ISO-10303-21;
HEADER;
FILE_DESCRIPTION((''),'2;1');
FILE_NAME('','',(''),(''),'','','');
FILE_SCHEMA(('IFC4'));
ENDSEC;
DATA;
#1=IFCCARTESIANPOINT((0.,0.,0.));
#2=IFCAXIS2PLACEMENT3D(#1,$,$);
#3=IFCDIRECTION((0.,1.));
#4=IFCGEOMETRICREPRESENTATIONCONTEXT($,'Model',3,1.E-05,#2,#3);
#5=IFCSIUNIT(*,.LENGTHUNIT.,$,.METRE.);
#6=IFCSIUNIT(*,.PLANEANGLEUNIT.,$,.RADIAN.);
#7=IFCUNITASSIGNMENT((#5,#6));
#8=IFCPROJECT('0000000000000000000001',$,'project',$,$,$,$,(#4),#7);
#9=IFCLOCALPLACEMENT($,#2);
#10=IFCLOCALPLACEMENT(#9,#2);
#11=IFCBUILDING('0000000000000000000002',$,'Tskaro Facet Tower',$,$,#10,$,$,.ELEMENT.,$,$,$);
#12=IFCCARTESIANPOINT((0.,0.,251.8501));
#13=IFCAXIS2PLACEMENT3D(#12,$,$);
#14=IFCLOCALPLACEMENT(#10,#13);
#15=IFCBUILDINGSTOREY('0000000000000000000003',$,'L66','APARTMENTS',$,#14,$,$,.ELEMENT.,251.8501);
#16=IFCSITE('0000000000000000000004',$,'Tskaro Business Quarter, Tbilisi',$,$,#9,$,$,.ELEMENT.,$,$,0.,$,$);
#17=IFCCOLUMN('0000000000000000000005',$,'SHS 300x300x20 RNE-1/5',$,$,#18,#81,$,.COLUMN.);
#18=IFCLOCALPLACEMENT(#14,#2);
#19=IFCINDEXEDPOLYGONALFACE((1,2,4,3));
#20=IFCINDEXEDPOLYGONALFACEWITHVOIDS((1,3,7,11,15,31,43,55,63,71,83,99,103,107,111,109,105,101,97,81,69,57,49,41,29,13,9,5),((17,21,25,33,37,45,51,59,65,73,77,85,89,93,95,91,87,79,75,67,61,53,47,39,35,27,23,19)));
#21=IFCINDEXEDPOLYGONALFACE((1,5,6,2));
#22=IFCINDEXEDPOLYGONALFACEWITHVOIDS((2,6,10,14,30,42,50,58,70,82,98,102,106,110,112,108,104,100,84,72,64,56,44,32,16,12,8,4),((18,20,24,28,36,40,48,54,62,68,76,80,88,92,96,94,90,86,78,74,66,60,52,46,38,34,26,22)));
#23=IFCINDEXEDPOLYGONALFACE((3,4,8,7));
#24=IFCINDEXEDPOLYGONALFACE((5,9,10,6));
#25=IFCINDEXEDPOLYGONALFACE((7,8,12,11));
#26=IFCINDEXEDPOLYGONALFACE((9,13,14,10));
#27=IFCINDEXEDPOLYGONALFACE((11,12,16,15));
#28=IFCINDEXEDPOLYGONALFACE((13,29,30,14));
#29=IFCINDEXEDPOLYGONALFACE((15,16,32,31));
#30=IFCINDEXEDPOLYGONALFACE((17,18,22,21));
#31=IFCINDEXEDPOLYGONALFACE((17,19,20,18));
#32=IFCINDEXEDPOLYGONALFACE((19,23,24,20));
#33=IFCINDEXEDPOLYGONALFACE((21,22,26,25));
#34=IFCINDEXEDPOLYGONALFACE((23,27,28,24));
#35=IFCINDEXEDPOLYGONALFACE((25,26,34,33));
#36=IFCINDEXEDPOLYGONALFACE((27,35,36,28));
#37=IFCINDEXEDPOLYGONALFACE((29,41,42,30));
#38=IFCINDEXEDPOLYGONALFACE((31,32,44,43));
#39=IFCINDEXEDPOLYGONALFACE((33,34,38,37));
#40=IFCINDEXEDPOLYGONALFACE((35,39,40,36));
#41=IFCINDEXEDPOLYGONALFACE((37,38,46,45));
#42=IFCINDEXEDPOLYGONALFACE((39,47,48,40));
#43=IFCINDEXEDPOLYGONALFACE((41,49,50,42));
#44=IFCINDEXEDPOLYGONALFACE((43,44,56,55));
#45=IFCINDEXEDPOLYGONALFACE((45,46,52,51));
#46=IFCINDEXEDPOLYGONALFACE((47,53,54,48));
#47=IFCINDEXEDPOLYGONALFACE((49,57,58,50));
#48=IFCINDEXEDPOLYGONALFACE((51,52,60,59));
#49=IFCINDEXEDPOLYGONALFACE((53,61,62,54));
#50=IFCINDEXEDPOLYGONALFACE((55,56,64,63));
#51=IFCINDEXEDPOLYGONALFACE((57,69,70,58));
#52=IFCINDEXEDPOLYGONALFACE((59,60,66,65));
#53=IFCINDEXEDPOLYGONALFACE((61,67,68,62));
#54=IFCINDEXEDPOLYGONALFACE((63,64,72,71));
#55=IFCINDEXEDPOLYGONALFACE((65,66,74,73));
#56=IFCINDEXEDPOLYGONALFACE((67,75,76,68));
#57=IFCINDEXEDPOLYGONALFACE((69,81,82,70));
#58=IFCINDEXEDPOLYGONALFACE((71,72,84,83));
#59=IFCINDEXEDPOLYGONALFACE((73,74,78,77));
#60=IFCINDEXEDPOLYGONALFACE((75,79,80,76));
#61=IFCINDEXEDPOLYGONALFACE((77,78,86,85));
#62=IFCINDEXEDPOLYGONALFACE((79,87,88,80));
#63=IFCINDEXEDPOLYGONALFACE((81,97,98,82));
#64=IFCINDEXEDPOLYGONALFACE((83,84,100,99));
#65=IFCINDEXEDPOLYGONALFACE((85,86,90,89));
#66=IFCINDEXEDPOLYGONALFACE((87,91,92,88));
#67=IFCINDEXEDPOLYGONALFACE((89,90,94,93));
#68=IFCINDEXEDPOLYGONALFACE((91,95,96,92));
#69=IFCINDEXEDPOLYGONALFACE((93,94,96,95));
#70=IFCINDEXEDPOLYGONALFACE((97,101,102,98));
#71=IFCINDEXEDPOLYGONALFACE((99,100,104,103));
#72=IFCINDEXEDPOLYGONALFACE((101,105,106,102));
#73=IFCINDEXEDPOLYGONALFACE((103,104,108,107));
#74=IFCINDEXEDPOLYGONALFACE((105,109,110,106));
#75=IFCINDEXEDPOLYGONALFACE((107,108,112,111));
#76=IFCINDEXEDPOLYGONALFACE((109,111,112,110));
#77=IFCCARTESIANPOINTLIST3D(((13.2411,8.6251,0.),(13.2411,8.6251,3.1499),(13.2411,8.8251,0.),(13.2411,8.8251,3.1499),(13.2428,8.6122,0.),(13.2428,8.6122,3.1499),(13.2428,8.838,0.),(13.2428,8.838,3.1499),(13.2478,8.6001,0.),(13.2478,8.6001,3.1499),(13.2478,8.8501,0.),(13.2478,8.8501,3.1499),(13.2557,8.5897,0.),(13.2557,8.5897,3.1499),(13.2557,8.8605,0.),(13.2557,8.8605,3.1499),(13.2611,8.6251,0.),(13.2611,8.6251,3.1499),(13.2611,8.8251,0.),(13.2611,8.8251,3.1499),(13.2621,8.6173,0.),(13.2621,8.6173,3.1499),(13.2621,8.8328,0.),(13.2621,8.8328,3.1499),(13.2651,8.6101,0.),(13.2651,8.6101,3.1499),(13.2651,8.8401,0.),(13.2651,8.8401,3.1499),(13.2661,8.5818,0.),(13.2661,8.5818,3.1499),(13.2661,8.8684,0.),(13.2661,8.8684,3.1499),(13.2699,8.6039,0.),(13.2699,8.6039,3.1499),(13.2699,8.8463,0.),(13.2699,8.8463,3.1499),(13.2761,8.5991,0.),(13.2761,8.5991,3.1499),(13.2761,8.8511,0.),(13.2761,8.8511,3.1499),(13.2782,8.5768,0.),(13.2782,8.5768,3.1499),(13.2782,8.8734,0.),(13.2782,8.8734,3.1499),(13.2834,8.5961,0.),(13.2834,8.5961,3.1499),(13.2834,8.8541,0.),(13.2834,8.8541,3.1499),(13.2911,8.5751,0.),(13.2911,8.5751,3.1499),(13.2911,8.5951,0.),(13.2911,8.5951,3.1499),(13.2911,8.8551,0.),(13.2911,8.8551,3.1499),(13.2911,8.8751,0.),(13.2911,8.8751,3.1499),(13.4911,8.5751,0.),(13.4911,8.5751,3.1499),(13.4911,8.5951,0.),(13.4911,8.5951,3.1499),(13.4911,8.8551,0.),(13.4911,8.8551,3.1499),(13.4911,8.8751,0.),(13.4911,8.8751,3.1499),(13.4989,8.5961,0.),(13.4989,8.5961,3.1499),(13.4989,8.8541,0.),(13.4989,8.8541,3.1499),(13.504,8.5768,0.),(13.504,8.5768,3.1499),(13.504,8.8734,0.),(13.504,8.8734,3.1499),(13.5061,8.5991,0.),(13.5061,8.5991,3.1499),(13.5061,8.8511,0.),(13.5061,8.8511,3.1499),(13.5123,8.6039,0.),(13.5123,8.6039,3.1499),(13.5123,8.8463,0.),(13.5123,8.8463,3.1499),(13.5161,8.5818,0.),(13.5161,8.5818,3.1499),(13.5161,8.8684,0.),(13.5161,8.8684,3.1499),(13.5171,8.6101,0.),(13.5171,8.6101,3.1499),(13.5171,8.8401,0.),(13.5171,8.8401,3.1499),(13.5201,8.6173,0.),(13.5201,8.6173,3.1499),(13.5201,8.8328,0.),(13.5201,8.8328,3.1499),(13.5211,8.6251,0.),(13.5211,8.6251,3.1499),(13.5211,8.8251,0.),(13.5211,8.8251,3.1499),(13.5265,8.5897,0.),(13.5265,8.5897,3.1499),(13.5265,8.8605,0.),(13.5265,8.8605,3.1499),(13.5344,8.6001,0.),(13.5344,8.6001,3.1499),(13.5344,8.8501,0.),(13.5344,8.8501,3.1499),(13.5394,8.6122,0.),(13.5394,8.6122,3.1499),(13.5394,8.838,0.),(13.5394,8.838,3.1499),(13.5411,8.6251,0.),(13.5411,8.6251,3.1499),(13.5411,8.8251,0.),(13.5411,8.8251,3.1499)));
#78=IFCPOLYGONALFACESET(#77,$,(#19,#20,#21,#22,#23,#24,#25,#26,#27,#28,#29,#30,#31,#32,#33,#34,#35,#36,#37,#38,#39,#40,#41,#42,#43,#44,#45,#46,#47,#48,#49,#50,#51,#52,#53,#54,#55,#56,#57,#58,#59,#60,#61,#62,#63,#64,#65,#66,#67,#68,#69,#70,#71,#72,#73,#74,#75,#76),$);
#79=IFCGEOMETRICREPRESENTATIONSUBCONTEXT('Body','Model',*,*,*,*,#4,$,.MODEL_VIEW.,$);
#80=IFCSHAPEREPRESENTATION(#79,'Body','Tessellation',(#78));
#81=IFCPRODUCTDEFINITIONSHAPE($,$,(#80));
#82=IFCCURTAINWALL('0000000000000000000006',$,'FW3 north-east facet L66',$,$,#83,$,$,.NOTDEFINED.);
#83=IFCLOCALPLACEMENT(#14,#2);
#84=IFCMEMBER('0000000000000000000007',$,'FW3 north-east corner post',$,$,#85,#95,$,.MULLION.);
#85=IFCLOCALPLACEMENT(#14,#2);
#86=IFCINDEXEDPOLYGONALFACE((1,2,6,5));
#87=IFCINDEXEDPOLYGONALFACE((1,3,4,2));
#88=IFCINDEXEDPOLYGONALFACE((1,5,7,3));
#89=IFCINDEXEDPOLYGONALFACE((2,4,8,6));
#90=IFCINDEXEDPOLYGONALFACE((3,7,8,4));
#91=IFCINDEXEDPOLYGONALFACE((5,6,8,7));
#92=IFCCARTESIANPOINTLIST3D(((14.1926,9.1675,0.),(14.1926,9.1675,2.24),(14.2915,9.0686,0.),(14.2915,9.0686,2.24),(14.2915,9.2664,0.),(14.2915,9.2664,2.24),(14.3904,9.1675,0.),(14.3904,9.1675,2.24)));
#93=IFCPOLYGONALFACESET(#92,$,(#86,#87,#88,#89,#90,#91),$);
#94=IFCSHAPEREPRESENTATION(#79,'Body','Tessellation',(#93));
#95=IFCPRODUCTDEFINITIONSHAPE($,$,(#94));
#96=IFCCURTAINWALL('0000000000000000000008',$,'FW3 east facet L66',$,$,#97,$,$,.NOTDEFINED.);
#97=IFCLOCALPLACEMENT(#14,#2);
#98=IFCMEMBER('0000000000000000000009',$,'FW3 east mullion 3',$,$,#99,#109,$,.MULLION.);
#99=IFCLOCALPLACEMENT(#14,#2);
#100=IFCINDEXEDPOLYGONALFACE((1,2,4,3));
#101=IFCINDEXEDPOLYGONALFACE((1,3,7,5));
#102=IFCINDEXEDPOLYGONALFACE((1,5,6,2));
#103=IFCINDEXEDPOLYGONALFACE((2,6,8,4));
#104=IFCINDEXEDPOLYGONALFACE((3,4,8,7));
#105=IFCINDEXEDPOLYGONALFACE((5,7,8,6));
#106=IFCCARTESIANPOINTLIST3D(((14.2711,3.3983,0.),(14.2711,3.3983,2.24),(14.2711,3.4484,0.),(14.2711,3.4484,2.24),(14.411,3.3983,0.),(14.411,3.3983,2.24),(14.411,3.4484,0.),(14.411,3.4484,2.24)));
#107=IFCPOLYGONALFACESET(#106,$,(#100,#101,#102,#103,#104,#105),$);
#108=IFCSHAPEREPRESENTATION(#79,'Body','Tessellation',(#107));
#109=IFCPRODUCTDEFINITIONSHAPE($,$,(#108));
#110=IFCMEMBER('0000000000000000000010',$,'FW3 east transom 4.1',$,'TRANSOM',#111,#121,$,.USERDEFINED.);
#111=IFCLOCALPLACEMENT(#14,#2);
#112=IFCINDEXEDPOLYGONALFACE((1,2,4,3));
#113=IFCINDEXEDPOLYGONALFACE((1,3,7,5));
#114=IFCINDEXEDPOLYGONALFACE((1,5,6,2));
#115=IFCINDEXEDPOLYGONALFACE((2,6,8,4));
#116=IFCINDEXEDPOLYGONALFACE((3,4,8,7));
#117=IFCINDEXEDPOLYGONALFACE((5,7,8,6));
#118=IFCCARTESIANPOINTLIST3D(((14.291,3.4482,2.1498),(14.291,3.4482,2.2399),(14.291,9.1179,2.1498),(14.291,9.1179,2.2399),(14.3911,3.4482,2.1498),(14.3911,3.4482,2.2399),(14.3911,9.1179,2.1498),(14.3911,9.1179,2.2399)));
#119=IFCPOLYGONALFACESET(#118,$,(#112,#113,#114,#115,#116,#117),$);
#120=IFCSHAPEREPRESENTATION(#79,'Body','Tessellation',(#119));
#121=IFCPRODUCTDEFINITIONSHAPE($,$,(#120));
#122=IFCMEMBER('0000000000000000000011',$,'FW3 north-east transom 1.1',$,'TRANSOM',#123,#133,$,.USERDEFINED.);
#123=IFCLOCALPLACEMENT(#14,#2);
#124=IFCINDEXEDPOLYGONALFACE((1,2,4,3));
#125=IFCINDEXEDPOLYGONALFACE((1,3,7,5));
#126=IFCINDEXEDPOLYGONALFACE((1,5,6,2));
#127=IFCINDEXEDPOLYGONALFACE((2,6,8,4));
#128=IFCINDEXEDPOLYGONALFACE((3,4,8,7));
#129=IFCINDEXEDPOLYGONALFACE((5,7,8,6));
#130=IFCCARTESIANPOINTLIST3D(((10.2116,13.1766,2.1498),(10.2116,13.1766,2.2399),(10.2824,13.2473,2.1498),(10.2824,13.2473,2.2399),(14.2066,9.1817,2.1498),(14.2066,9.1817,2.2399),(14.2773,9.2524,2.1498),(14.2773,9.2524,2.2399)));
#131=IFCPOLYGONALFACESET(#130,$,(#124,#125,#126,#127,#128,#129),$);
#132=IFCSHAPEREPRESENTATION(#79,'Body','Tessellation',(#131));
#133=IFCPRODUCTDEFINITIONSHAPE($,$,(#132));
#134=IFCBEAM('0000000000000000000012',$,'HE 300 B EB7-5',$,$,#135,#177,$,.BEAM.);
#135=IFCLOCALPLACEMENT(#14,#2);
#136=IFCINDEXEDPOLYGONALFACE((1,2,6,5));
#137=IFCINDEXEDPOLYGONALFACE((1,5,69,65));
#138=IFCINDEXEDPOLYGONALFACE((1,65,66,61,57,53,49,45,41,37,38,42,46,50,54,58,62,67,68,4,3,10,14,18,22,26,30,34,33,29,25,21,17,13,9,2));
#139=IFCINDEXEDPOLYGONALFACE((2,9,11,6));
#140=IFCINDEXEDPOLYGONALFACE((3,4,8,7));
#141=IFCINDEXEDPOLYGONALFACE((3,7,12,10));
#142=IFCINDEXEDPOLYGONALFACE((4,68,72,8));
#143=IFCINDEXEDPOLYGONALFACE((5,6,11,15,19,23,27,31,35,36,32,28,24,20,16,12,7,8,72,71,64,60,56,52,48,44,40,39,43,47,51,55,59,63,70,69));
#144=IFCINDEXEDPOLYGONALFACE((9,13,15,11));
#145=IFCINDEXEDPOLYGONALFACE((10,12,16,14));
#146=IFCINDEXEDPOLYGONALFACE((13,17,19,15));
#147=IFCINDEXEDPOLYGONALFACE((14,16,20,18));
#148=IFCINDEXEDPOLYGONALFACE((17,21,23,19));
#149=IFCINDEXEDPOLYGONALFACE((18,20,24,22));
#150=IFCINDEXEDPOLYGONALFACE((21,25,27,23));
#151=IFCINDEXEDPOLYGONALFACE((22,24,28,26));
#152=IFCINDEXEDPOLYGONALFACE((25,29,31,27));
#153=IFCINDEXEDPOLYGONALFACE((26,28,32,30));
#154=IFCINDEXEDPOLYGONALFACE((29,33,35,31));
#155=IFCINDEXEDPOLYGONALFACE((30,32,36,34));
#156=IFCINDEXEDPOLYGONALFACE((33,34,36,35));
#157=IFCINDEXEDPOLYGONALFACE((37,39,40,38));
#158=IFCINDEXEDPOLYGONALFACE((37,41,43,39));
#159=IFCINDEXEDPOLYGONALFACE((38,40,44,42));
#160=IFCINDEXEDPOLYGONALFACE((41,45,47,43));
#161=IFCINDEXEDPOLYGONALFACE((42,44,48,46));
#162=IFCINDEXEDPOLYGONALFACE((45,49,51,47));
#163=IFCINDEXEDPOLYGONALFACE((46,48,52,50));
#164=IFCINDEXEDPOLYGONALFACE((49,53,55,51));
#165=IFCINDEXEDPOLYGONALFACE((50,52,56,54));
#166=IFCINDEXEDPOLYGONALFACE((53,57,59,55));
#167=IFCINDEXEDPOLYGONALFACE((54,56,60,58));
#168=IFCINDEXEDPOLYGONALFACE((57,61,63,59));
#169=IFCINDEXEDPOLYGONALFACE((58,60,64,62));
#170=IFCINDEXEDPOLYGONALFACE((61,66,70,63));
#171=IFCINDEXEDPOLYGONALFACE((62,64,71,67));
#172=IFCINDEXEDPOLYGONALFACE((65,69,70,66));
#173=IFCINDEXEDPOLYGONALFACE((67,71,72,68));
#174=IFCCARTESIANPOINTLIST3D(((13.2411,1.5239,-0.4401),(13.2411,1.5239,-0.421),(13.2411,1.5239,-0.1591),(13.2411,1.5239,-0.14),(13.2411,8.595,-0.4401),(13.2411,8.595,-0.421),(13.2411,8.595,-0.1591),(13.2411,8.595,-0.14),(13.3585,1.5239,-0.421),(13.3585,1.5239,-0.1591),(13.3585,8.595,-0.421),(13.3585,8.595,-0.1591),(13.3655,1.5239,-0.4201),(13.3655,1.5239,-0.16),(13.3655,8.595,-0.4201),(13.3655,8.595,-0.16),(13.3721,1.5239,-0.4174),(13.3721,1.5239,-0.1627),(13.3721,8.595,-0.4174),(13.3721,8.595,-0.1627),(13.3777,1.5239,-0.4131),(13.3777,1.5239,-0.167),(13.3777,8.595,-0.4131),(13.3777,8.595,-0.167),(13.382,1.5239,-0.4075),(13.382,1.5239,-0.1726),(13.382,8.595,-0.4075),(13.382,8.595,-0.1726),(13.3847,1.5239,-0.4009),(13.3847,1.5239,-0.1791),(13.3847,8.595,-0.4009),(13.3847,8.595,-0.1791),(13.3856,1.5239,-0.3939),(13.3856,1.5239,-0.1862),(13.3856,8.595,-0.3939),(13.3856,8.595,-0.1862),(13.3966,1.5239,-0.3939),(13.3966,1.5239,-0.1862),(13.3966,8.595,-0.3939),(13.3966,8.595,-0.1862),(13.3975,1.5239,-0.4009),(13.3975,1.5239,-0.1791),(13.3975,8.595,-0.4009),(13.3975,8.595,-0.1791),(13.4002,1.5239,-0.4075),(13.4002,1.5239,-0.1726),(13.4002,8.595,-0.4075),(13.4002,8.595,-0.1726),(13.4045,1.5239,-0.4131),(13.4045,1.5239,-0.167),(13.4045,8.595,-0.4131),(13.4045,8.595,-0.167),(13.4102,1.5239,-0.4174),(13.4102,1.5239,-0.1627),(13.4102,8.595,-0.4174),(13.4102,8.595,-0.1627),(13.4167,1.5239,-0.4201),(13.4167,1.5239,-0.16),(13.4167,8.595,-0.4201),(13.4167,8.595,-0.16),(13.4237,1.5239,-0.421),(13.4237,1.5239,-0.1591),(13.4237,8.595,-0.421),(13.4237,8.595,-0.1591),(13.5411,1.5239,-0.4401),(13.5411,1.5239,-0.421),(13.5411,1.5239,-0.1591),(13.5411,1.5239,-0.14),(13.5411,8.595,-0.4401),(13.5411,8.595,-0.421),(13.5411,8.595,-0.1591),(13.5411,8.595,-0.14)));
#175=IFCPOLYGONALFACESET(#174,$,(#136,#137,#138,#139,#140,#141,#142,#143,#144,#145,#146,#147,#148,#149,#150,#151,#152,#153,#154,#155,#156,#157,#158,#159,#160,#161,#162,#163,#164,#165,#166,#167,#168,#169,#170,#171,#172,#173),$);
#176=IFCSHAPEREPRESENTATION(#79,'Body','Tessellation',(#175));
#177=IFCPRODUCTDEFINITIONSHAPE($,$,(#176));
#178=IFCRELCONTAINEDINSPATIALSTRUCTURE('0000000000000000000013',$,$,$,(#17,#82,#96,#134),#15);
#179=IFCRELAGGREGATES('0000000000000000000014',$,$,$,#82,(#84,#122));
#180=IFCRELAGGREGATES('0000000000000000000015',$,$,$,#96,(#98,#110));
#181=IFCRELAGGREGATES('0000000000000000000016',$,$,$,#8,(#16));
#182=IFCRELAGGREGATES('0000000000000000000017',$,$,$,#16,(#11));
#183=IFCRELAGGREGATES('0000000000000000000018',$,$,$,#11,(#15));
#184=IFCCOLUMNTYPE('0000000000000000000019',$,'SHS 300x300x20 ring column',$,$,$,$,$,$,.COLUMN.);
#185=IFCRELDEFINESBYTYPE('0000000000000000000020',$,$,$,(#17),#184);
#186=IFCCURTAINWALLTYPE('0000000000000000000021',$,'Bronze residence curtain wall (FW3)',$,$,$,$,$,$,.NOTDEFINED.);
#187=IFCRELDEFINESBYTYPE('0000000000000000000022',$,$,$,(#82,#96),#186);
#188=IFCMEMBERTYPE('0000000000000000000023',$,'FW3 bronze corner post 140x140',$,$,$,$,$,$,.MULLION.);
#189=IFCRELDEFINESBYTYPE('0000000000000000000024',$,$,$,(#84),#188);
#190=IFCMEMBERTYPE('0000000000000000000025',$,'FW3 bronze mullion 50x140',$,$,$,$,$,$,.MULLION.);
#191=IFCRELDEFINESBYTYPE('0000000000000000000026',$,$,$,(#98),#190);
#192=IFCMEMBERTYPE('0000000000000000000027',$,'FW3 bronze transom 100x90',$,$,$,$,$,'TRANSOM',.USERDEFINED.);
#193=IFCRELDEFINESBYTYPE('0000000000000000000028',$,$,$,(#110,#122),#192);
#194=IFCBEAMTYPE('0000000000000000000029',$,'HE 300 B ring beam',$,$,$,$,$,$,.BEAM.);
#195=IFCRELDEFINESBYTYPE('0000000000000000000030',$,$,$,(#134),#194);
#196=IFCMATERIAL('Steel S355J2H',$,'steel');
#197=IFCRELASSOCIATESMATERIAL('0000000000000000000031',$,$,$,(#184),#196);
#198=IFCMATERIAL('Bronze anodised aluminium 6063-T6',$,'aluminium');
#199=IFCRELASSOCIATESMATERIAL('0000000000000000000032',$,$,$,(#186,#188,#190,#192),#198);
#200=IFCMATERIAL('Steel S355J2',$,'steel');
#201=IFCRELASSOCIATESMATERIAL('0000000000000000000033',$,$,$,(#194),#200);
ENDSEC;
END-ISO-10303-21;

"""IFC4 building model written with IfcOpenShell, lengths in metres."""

from ifc_helpers import new_model, si_unit, direction, frame, origin, origin_2d, place, context, subcontext, project, spatial, rectangle, hollow_rectangle, i_section, extrude, material, material_profile, profile_set, type_object, element, aggregate, save


model = new_model("IFC4")

# Units and contexts
model_context = context("Model", 3, precision=1e-05, world=origin(), true_north=direction((0.0, 1.0)))
body_context = subcontext(model_context, "Body", "Model", "MODEL_VIEW")
ifc_project = project(units=[si_unit("LENGTHUNIT", "METRE"), si_unit("PLANEANGLEUNIT", "RADIAN")], contexts=[model_context])

# Site, building, storey
site_placement = place(None, origin())
site = spatial("IfcSite", under=ifc_project, at=site_placement, Name="Tskaro Business Quarter, Tbilisi", CompositionType="ELEMENT", RefElevation=0.0)
building_placement = place(site_placement, origin())
building = spatial("IfcBuilding", under=site, at=building_placement, Name="Tskaro Facet Tower", CompositionType="ELEMENT")
storey_placement = place(building_placement, frame((0.0, 0.0, 251.8501)))
storey = spatial("IfcBuildingStorey", under=building, at=storey_placement, Name="L66", Description="APARTMENTS", CompositionType="ELEMENT", Elevation=251.8501)

# Column
ifc_material_1 = material(Name="Steel S355J2H", Category="steel")
ifc_material_profile_1 = material_profile(ifc_material_1, hollow_rectangle(XDim=0.3, YDim=0.3, WallThickness=0.02, InnerFilletRadius=0.03, OuterFilletRadius=0.05, at=origin_2d()), Name="SHS 300x300x20")
ifc_profile_set_1 = profile_set([ifc_material_profile_1], Name="Steel S355J2H")
column_type_1 = type_object("IfcColumnType", Name="SHS 300x300x20 ring column", PredefinedType="COLUMN", material=ifc_profile_set_1)
for number, where, z_axis, x_axis, name in (
    (1, (13.3911, 8.7251, 0.0), (0.0, 0.0, 1.0), (1.0, 0.0, 0.0), "SHS 300x300x20 RNE-1/5"),
):
    element("IfcColumn", number, at=place(storey_placement, frame(where, z_axis=z_axis, x_axis=x_axis)), inside=storey, type_object=column_type_1, Name=name, PredefinedType="COLUMN", context=body_context, shape_type="SweptSolid", body=[
        extrude(hollow_rectangle(XDim=0.3, YDim=0.3, WallThickness=0.02, InnerFilletRadius=0.03, OuterFilletRadius=0.05, at=origin_2d()), origin(), (0.0, 0.0, 1.0), 3.1499),
    ])

# Curtain wall, member
ifc_material_2 = material(Name="Bronze anodised aluminium 6063-T6", Category="aluminium")
curtain_wall_type = type_object("IfcCurtainWallType", Name="Bronze residence curtain wall (FW3)", PredefinedType="NOTDEFINED", material=ifc_material_2)
curtain_wall_1_placement = place(storey_placement, origin())
curtain_wall_1 = element("IfcCurtainWall", 2, at=curtain_wall_1_placement, inside=storey, type_object=curtain_wall_type, Name="FW3 north-east facet L66", PredefinedType="NOTDEFINED")
ifc_material_profile_2 = material_profile(ifc_material_2, rectangle(XDim=0.1399, YDim=0.1399, at=origin_2d()), Name="Corner post 140x140")
ifc_profile_set_2 = profile_set([ifc_material_profile_2], Name="Bronze anodised aluminium 6063-T6")
member_type_1 = type_object("IfcMemberType", Name="FW3 bronze corner post 140x140", PredefinedType="MULLION", material=ifc_profile_set_2)
member_1_placement = place(storey_placement, frame((14.2915, 9.1675, 0.0), z_axis=(0.0, 0.0, 1.0), x_axis=(-0.707107, 0.707107, 0.0)))
member_1 = element("IfcMember", 3, at=member_1_placement, type_object=member_type_1, Name="FW3 north-east corner post", PredefinedType="MULLION", context=body_context, shape_type="SweptSolid", body=[
    extrude(rectangle(XDim=0.1399, YDim=0.1399, at=origin_2d()), origin(), (0.0, 0.0, 1.0), 2.24),
])

# Curtain wall, members
curtain_wall_2_placement = place(storey_placement, origin())
curtain_wall_2 = element("IfcCurtainWall", 4, at=curtain_wall_2_placement, inside=storey, type_object=curtain_wall_type, Name="FW3 east facet L66", PredefinedType="NOTDEFINED")
ifc_material_profile_3 = material_profile(ifc_material_2, rectangle(XDim=0.05, YDim=0.1399, at=origin_2d()), Name="Mullion 50x140")
ifc_profile_set_3 = profile_set([ifc_material_profile_3], Name="Bronze anodised aluminium 6063-T6")
member_type_2 = type_object("IfcMemberType", Name="FW3 bronze mullion 50x140", PredefinedType="MULLION", material=ifc_profile_set_3)
member_2_placement = place(storey_placement, frame((14.3411, 3.4233, 0.0), z_axis=(0.0, 0.0, 1.0), x_axis=(0.0, 1.0, 0.0)))
member_2 = element("IfcMember", 5, at=member_2_placement, type_object=member_type_2, Name="FW3 east mullion 3", PredefinedType="MULLION", context=body_context, shape_type="SweptSolid", body=[
    extrude(rectangle(XDim=0.05, YDim=0.1399, at=origin_2d()), origin(), (0.0, 0.0, 1.0), 2.24),
])
ifc_material_profile_4 = material_profile(ifc_material_2, rectangle(XDim=0.1001, YDim=0.0901, at=origin_2d()), Name="Transom 100x90")
ifc_profile_set_4 = profile_set([ifc_material_profile_4], Name="Bronze anodised aluminium 6063-T6")
member_type_3 = type_object("IfcMemberType", Name="FW3 bronze transom 100x90", ElementType="TRANSOM", PredefinedType="USERDEFINED", material=ifc_profile_set_4)
member_3_placement = place(storey_placement, frame((14.3411, 3.4482, 2.1948), z_axis=(0.0, 1.0, 0.0), x_axis=(-1.0, 0.0, 0.0)))
member_3 = element("IfcMember", 6, at=member_3_placement, type_object=member_type_3, Name="FW3 east transom 4.1", ObjectType="TRANSOM", PredefinedType="USERDEFINED", context=body_context, shape_type="SweptSolid", body=[
    extrude(rectangle(XDim=0.1001, YDim=0.0901, at=origin_2d()), origin(), (0.0, 0.0, 1.0), 5.6697),
])

# Member
member_4_placement = place(storey_placement, frame((14.2419, 9.217, 2.1948), z_axis=(-0.707107, 0.707107, 0.0), x_axis=(-0.707107, -0.707107, 0.0)))
member_4 = element("IfcMember", 7, at=member_4_placement, type_object=member_type_3, Name="FW3 north-east transom 1.1", ObjectType="TRANSOM", PredefinedType="USERDEFINED", context=body_context, shape_type="SweptSolid", body=[
    extrude(rectangle(XDim=0.1001, YDim=0.0901, at=origin_2d()), origin(), (0.0, 0.0, 1.0), 5.6497),
])
aggregate(curtain_wall_1, [member_1, member_4])

# Beam
ifc_material_3 = material(Name="Steel S355J2", Category="steel")
ifc_material_profile_5 = material_profile(ifc_material_3, i_section(OverallWidth=0.3, OverallDepth=0.3, WebThickness=0.011, FlangeThickness=0.019, FilletRadius=0.0271, at=origin_2d()), Name="HE 300 B")
ifc_profile_set_5 = profile_set([ifc_material_profile_5], Name="Steel S355J2")
beam_type_1 = type_object("IfcBeamType", Name="HE 300 B ring beam", PredefinedType="BEAM", material=ifc_profile_set_5)
beam_1_placement = place(storey_placement, frame((13.3911, 1.5239, -0.29), z_axis=(0.0, 1.0, 0.0), x_axis=(-1.0, 0.0, 0.0)))
element("IfcBeam", 8, at=beam_1_placement, inside=storey, type_object=beam_type_1, Name="HE 300 B EB7-5", PredefinedType="BEAM", context=body_context, shape_type="SweptSolid", body=[
    extrude(i_section(OverallWidth=0.3, OverallDepth=0.3, WebThickness=0.011, FlangeThickness=0.019, FilletRadius=0.0271, at=origin_2d()), origin(), (0.0, 0.0, 1.0), 7.071),
])

aggregate(curtain_wall_2, [member_2, member_3])

save(model, "model.ifc")
